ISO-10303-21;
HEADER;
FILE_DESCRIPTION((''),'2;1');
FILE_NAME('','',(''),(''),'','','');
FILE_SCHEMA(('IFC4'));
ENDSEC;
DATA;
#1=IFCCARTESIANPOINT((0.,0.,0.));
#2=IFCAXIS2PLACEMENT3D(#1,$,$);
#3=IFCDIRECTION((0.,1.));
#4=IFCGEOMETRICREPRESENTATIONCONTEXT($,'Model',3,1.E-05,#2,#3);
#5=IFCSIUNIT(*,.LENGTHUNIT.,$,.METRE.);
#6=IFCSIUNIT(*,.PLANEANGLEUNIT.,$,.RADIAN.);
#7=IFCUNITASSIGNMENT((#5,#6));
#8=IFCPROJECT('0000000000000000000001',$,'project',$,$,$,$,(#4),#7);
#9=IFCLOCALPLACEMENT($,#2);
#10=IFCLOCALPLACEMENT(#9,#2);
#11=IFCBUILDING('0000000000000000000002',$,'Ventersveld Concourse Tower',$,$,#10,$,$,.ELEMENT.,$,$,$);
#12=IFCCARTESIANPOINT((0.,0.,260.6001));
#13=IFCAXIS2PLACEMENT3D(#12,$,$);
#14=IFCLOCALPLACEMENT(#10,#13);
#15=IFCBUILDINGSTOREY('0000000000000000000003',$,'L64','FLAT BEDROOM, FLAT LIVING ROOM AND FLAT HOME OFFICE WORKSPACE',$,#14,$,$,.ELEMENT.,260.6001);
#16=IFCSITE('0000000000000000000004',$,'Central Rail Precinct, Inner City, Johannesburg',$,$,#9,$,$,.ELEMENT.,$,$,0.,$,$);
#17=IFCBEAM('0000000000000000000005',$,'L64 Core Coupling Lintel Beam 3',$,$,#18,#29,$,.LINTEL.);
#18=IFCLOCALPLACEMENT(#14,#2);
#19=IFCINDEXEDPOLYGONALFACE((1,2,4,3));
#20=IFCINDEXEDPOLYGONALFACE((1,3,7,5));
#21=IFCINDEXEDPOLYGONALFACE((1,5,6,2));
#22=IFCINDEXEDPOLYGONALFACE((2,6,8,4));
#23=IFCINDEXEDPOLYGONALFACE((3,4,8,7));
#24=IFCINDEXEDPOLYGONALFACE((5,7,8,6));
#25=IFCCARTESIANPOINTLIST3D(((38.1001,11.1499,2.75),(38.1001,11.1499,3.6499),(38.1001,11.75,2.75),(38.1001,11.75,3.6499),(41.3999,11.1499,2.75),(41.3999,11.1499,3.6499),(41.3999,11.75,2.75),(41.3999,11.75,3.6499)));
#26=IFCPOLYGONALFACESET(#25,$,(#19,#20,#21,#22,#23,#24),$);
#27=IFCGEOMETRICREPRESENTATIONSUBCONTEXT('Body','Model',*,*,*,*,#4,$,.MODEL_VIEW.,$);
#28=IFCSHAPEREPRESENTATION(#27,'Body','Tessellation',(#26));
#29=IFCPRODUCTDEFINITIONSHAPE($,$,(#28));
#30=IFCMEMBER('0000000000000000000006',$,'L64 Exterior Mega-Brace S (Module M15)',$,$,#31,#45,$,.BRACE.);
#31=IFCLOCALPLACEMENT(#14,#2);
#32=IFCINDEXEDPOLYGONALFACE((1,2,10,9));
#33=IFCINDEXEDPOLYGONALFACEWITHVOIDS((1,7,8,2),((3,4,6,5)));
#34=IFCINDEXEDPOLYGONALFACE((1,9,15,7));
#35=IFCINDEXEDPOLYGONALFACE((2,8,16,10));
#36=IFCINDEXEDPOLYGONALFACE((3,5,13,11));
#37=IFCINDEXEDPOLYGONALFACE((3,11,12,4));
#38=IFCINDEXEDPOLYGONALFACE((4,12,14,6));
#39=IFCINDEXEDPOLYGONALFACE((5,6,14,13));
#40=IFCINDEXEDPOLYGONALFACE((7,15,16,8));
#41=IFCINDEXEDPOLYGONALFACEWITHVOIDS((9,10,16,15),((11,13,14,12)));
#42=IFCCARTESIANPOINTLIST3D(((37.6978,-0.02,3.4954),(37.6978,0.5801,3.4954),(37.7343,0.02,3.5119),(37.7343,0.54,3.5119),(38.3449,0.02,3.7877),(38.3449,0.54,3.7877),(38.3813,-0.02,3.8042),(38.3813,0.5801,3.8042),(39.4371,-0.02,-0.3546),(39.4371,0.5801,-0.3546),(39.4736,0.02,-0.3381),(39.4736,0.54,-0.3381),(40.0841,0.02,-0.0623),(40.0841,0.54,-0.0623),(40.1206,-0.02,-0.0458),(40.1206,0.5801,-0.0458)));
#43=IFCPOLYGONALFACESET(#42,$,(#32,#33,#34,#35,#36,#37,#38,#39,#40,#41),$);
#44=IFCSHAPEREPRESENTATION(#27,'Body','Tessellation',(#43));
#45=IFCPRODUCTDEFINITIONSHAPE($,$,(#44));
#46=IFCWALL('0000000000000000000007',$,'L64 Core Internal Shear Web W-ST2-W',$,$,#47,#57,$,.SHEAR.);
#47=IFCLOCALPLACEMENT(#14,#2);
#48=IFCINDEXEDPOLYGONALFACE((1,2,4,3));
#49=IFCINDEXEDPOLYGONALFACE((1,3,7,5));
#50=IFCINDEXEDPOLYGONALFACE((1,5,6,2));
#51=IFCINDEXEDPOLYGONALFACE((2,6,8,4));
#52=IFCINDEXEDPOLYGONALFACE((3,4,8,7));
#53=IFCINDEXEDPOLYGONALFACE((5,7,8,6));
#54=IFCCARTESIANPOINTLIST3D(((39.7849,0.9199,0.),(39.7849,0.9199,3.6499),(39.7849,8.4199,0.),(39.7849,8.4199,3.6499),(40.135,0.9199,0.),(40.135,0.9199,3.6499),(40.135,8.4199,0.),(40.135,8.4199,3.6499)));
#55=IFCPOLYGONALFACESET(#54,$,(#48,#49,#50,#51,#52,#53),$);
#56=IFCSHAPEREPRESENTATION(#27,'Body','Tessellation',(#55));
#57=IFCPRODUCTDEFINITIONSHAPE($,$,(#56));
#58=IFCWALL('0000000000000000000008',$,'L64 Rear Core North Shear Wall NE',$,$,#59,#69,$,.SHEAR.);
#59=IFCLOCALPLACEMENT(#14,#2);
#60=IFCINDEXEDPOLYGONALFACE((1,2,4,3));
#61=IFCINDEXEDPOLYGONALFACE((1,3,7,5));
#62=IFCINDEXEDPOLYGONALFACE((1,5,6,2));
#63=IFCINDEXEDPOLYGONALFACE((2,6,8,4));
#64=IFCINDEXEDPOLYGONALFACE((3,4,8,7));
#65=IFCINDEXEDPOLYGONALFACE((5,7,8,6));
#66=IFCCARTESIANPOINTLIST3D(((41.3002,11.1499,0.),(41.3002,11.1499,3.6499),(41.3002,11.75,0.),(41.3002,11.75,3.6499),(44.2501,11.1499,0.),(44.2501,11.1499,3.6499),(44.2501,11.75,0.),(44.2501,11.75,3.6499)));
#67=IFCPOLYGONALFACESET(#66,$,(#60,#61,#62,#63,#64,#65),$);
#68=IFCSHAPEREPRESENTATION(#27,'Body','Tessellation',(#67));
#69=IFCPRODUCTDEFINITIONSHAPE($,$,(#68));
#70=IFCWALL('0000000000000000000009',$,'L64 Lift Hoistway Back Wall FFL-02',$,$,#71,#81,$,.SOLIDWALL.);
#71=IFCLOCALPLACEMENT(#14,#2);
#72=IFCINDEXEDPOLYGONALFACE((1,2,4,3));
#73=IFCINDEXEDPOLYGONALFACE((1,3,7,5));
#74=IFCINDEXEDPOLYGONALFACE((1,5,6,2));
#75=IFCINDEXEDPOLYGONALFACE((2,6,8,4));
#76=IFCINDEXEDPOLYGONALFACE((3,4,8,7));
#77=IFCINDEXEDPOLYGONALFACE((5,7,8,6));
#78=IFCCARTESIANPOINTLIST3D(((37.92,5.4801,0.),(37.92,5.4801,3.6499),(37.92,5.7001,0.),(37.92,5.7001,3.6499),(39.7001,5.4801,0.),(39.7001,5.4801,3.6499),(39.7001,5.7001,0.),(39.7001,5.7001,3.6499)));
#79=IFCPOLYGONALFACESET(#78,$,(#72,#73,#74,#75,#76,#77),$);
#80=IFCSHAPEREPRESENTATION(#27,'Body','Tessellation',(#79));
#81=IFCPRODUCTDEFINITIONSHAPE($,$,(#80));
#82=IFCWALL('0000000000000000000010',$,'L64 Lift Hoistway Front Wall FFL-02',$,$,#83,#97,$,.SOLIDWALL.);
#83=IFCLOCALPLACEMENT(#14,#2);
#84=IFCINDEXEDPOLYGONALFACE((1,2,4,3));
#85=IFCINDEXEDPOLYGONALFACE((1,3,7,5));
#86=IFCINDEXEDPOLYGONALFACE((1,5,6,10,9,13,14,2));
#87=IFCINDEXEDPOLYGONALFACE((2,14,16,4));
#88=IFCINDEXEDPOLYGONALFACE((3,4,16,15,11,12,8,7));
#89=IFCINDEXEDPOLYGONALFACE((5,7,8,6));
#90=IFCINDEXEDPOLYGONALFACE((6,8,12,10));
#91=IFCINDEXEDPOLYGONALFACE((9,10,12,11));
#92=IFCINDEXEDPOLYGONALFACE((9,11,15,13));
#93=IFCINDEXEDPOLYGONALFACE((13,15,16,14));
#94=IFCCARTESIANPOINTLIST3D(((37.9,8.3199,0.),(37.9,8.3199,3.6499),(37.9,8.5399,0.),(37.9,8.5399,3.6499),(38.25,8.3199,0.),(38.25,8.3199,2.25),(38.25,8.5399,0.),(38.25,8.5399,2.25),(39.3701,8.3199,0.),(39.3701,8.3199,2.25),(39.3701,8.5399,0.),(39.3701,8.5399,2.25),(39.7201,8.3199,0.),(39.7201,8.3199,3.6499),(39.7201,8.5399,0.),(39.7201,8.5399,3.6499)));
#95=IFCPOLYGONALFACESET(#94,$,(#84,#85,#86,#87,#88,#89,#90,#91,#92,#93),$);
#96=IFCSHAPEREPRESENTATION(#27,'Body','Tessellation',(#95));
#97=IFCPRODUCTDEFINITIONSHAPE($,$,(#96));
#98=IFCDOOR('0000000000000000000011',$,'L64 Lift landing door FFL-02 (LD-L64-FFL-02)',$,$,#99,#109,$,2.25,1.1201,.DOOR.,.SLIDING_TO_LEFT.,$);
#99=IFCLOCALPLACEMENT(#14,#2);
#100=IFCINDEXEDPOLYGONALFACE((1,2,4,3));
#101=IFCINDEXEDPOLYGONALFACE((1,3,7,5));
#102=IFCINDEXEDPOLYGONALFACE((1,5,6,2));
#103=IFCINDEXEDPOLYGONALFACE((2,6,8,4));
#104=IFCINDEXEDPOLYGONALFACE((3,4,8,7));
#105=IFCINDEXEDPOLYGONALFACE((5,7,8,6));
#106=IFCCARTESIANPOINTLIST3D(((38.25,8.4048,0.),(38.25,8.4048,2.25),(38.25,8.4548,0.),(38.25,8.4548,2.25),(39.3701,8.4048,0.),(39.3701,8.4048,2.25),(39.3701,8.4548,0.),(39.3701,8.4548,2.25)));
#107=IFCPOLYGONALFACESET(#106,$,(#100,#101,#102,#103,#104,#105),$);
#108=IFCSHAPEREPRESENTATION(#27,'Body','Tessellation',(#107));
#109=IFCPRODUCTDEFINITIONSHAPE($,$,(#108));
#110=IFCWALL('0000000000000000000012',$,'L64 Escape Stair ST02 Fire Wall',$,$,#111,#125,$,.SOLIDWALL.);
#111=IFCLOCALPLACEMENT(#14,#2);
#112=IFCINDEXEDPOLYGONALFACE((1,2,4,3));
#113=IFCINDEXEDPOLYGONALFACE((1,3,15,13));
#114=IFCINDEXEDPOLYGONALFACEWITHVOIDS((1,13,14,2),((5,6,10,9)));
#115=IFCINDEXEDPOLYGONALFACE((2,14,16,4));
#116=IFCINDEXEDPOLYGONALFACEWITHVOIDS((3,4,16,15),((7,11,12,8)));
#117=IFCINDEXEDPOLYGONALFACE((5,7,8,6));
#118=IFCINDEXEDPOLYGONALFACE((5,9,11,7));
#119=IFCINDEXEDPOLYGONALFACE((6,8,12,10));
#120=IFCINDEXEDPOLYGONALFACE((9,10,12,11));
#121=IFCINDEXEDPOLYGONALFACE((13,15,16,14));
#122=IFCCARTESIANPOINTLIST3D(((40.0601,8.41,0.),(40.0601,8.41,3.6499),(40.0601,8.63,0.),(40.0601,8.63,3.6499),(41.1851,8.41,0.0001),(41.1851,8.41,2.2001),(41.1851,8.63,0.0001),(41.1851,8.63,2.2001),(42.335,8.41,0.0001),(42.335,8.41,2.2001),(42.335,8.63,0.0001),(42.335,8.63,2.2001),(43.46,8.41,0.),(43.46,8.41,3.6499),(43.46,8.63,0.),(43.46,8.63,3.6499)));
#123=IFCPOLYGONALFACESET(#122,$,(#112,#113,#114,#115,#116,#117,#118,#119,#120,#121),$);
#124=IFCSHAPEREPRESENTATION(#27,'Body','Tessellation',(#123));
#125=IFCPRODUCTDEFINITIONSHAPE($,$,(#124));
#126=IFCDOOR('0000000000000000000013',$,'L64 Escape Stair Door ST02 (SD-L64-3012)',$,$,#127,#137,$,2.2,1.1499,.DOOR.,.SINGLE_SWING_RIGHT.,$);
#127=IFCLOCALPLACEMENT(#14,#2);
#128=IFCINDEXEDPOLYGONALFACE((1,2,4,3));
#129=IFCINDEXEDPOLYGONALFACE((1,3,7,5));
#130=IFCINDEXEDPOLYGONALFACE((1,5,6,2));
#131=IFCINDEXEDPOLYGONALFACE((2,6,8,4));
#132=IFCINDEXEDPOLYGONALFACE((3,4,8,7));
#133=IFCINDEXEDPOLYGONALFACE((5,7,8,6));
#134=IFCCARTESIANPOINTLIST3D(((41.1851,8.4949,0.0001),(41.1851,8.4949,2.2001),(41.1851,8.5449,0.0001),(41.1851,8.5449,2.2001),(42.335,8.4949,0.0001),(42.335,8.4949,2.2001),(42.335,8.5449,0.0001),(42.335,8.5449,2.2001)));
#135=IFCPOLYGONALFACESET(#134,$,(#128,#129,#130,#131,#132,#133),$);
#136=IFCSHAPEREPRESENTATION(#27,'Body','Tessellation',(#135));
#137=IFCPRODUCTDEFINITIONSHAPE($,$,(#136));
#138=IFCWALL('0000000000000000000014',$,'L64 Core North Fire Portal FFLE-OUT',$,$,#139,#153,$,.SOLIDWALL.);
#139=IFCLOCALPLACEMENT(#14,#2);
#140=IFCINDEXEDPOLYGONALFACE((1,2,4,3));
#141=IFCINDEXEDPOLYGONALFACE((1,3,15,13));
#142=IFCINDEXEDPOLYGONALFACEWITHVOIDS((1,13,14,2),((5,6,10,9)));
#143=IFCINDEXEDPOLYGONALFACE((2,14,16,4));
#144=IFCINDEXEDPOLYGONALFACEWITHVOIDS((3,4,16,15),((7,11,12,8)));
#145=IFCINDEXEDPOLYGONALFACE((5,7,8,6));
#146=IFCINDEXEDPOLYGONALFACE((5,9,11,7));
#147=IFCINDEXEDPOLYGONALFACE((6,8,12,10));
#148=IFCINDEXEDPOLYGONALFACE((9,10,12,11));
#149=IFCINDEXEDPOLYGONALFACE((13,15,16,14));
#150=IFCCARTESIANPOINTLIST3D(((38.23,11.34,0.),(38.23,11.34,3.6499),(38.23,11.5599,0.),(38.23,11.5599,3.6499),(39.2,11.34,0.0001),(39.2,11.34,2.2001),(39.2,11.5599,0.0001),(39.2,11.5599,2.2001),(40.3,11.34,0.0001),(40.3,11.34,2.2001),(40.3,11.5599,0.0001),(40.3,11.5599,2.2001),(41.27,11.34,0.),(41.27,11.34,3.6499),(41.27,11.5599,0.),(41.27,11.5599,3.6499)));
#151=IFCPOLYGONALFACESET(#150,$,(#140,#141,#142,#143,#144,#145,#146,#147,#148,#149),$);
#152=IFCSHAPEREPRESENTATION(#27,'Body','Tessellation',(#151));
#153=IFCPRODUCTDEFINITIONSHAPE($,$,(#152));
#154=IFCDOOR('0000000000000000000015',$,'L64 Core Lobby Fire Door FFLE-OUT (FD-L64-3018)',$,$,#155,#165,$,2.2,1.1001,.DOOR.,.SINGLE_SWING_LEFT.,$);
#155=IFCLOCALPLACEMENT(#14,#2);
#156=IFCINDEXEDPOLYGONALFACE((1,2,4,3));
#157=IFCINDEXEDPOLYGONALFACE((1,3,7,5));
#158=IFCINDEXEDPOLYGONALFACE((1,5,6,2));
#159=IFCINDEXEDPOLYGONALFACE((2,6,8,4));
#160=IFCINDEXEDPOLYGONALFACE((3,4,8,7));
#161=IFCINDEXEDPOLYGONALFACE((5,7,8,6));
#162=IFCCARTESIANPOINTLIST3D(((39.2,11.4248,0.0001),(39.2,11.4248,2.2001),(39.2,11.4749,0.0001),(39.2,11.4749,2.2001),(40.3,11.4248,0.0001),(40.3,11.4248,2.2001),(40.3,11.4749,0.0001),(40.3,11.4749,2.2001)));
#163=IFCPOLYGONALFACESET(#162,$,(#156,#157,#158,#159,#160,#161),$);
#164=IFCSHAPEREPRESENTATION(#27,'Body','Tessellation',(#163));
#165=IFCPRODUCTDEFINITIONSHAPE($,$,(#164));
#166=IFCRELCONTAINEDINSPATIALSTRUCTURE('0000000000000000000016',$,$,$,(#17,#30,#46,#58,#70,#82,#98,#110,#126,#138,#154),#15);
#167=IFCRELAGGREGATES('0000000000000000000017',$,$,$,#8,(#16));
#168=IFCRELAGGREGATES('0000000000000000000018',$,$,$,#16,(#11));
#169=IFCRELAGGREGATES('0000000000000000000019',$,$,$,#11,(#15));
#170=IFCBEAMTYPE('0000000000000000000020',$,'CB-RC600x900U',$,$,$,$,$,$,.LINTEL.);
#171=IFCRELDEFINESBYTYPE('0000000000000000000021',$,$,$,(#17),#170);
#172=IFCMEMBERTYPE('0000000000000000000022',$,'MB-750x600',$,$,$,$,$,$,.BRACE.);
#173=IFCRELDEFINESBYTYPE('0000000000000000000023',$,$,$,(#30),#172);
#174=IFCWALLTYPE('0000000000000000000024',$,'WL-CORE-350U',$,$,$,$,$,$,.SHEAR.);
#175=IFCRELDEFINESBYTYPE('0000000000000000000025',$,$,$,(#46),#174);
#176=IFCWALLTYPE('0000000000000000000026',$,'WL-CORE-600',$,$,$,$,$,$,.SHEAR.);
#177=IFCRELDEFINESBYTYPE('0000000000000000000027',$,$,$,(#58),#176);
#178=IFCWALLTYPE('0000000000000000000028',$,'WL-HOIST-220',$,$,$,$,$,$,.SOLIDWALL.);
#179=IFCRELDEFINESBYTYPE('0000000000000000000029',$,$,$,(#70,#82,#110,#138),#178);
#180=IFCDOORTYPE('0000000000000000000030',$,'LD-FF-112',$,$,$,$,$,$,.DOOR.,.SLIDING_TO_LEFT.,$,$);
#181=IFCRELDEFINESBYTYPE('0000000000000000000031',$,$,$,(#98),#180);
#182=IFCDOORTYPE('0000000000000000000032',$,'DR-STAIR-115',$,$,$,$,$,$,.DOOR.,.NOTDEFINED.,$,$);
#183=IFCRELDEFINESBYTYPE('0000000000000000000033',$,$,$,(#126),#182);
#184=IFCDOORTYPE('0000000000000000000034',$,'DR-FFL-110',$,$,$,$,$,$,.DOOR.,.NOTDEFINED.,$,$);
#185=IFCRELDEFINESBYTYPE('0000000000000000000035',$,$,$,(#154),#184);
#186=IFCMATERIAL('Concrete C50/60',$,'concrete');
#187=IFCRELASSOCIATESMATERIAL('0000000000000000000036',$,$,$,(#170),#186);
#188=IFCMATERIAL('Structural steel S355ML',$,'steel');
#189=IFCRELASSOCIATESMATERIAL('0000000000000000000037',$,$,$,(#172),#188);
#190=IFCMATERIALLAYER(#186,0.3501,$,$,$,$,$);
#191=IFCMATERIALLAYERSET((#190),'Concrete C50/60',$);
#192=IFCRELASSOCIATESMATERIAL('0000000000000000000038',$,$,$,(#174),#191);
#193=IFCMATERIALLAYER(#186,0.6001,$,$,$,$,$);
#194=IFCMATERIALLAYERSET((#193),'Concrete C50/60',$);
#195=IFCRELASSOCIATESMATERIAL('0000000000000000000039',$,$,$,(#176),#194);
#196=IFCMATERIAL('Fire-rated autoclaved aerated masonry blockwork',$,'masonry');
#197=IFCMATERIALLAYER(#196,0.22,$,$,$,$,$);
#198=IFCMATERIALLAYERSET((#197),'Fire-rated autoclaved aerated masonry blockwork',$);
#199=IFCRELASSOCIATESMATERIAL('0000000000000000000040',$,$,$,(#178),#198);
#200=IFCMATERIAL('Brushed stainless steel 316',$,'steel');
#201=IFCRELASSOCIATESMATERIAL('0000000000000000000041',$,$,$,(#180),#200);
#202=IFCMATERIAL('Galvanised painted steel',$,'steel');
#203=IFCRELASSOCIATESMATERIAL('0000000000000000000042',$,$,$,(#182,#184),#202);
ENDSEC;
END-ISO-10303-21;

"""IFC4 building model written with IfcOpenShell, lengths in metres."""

from ifc_helpers import new_model, si_unit, direction, frame, frame_2d, origin, origin_2d, place, context, subcontext, project, spatial, rectangle, hollow_rectangle, extrude, material, layer, layer_set, material_profile, profile_set, type_object, element, fill, save


model = new_model("IFC4")

# Units and contexts
model_context = context("Model", 3, precision=1e-05, world=origin(), true_north=direction((0.0, 1.0)))
body_context = subcontext(model_context, "Body", "Model", "MODEL_VIEW")
ifc_project = project(units=[si_unit("LENGTHUNIT", "METRE"), si_unit("PLANEANGLEUNIT", "RADIAN")], contexts=[model_context])

# Site, building, storey
site_placement = place(None, origin())
site = spatial("IfcSite", under=ifc_project, at=site_placement, Name="Central Rail Precinct, Inner City, Johannesburg", CompositionType="ELEMENT", RefElevation=0.0)
building_placement = place(site_placement, origin())
building = spatial("IfcBuilding", under=site, at=building_placement, Name="Ventersveld Concourse Tower", CompositionType="ELEMENT")
storey_placement = place(building_placement, frame((0.0, 0.0, 260.6001)))
storey = spatial("IfcBuildingStorey", under=building, at=storey_placement, Name="L64", Description="FLAT BEDROOM, FLAT LIVING ROOM AND FLAT HOME OFFICE WORKSPACE", CompositionType="ELEMENT", Elevation=260.6001)

# Beam
ifc_material_1 = material(Name="Concrete C50/60", Category="concrete")
ifc_material_profile_1 = material_profile(ifc_material_1, rectangle(XDim=0.6001, YDim=0.8999, at=origin_2d()), Name="RC 600x900")
ifc_profile_set_1 = profile_set([ifc_material_profile_1], Name="Concrete C50/60")
beam_type = type_object("IfcBeamType", Name="CB-RC600x900U", PredefinedType="LINTEL", material=ifc_profile_set_1)
beam_placement = place(storey_placement, frame((38.1001, 11.45, 3.2), z_axis=(1.0, 0.0, 0.0), x_axis=(0.0, 1.0, 0.0)))
element("IfcBeam", 1, at=beam_placement, inside=storey, type_object=beam_type, Name="L64 Core Coupling Lintel Beam 3", PredefinedType="LINTEL", context=body_context, shape_type="SweptSolid", body=[
    extrude(rectangle(XDim=0.6001, YDim=0.8999, at=origin_2d()), origin(), (0.0, 0.0, 1.0), 3.2998),
])

# Member
ifc_material_2 = material(Name="Structural steel S355ML", Category="steel")
ifc_material_profile_2 = material_profile(ifc_material_2, hollow_rectangle(XDim=0.6001, YDim=0.75, WallThickness=0.04, at=origin_2d()), Name="BOX 750x600x40")
ifc_profile_set_2 = profile_set([ifc_material_profile_2], Name="Structural steel S355ML")
member_type = type_object("IfcMemberType", Name="MB-750x600", PredefinedType="BRACE", material=ifc_profile_set_2)
member_placement = place(storey_placement, frame((39.7788, 0.28, -0.2002), z_axis=(-0.411686, 0.0, 0.911326), x_axis=(0.0, -1.0, 0.0)))
element("IfcMember", 2, at=member_placement, inside=storey, type_object=member_type, Name="L64 Exterior Mega-Brace S (Module M15)", PredefinedType="BRACE", context=body_context, shape_type="SweptSolid", body=[
    extrude(hollow_rectangle(XDim=0.6001, YDim=0.75, WallThickness=0.04, at=origin_2d()), origin(), (0.0, 0.0, 1.0), 4.2246),
])

# Walls
ifc_layer_1 = layer(ifc_material_1, 0.3501)
ifc_layer_set_1 = layer_set([ifc_layer_1], Name="Concrete C50/60")
wall_type_1 = type_object("IfcWallType", Name="WL-CORE-350U", PredefinedType="SHEAR", material=ifc_layer_set_1)
wall_1_placement = place(storey_placement, frame((39.96, 0.9199, 0.0), z_axis=(0.0, 0.0, 1.0), x_axis=(0.0, 1.0, 0.0)))
element("IfcWall", 3, at=wall_1_placement, inside=storey, type_object=wall_type_1, Name="L64 Core Internal Shear Web W-ST2-W", PredefinedType="SHEAR", context=body_context, shape_type="SweptSolid", body=[
    extrude(rectangle(XDim=7.5, YDim=0.3501, at=frame_2d((3.75, 0.0))), origin(), (0.0, 0.0, 1.0), 3.6499),
])
ifc_layer_2 = layer(ifc_material_1, 0.6001)
ifc_layer_set_2 = layer_set([ifc_layer_2], Name="Concrete C50/60")
wall_type_2 = type_object("IfcWallType", Name="WL-CORE-600", PredefinedType="SHEAR", material=ifc_layer_set_2)
wall_2_placement = place(storey_placement, frame((41.3, 11.45, 0.0), z_axis=(0.0, 0.0, 1.0), x_axis=(1.0, 0.0, 0.0)))
element("IfcWall", 4, at=wall_2_placement, inside=storey, type_object=wall_type_2, Name="L64 Rear Core North Shear Wall NE", PredefinedType="SHEAR", context=body_context, shape_type="SweptSolid", body=[
    extrude(rectangle(XDim=2.95, YDim=0.6001, at=frame_2d((1.4751, 0.0))), origin(), (0.0, 0.0, 1.0), 3.6499),
])
ifc_material_3 = material(Name="Fire-rated autoclaved aerated masonry blockwork", Category="masonry")
ifc_layer_3 = layer(ifc_material_3, 0.22)
ifc_layer_set_3 = layer_set([ifc_layer_3], Name="Fire-rated autoclaved aerated masonry blockwork")
wall_type_3 = type_object("IfcWallType", Name="WL-HOIST-220", PredefinedType="SOLIDWALL", material=ifc_layer_set_3)
wall_3_placement = place(storey_placement, frame((37.9199, 5.5901, 0.0), z_axis=(0.0, 0.0, 1.0), x_axis=(1.0, 0.0, 0.0)))
element("IfcWall", 5, at=wall_3_placement, inside=storey, type_object=wall_type_3, Name="L64 Lift Hoistway Back Wall FFL-02", PredefinedType="SOLIDWALL", context=body_context, shape_type="SweptSolid", body=[
    extrude(rectangle(XDim=1.78, YDim=0.22, at=frame_2d((0.8901, 0.0))), origin(), (0.0, 0.0, 1.0), 3.6499),
])

# Walls, openings, doors
wall_4_placement = place(storey_placement, frame((37.8999, 8.4299, 0.0), z_axis=(0.0, 0.0, 1.0), x_axis=(1.0, 0.0, 0.0)))
wall_4 = element("IfcWall", 6, at=wall_4_placement, inside=storey, type_object=wall_type_3, Name="L64 Lift Hoistway Front Wall FFL-02", PredefinedType="SOLIDWALL", context=body_context, shape_type="SweptSolid", body=[
    extrude(rectangle(XDim=1.8201, YDim=0.22, at=frame_2d((0.9102, 0.0))), origin(), (0.0, 0.0, 1.0), 3.6499),
])
opening_1_placement = place(wall_4_placement, frame((0.3501, 0.0, 0.0)))
opening_1 = element("IfcOpeningElement", 7, at=opening_1_placement, cuts=wall_4, PredefinedType="OPENING", context=body_context, shape_type="SweptSolid", body=[
    extrude(rectangle(XDim=1.1201, YDim=2.25, at=frame_2d((0.5601, 1.125))), frame((0.0, 0.1201, 0.0), z_axis=(0.0, -1.0, 0.0), x_axis=(1.0, 0.0, 0.0)), (0.0, 0.0, 1.0), 0.24),
])
ifc_material_4 = material(Name="Brushed stainless steel 316", Category="steel")
door_type_1 = type_object("IfcDoorType", Name="LD-FF-112", OperationType="SLIDING_TO_LEFT", PredefinedType="DOOR", material=ifc_material_4)
door_1_placement = place(opening_1_placement, origin())
door_1 = element("IfcDoor", 8, at=door_1_placement, inside=storey, type_object=door_type_1, Name="L64 Lift landing door FFL-02 (LD-L64-FFL-02)", OperationType="SLIDING_TO_LEFT", OverallHeight=2.25, OverallWidth=1.1201, PredefinedType="DOOR", context=body_context, shape_type="SweptSolid", body=[
    extrude(rectangle(XDim=1.1201, YDim=2.25, at=frame_2d((0.5601, 1.125))), frame((0.0, 0.0249, 0.0), z_axis=(0.0, -1.0, 0.0), x_axis=(1.0, 0.0, 0.0)), (0.0, 0.0, 1.0), 0.05),
])
fill(opening_1, door_1)
wall_5_placement = place(storey_placement, frame((40.0601, 8.52, 0.0), z_axis=(0.0, 0.0, 1.0), x_axis=(1.0, 0.0, 0.0)))
wall_5 = element("IfcWall", 9, at=wall_5_placement, inside=storey, type_object=wall_type_3, Name="L64 Escape Stair ST02 Fire Wall", PredefinedType="SOLIDWALL", context=body_context, shape_type="SweptSolid", body=[
    extrude(rectangle(XDim=3.3999, YDim=0.22, at=frame_2d((1.7, 0.0))), origin(), (0.0, 0.0, 1.0), 3.6499),
])
opening_2_placement = place(wall_5_placement, frame((1.125, 0.0, 0.0)))
opening_2 = element("IfcOpeningElement", 10, at=opening_2_placement, cuts=wall_5, PredefinedType="OPENING", context=body_context, shape_type="SweptSolid", body=[
    extrude(rectangle(XDim=1.1499, YDim=2.2, at=frame_2d((0.575, 1.1001))), frame((0.0, 0.1201, 0.0), z_axis=(0.0, -1.0, 0.0), x_axis=(1.0, 0.0, 0.0)), (0.0, 0.0, 1.0), 0.24),
])
ifc_material_5 = material(Name="Galvanised painted steel", Category="steel")
door_type_2 = type_object("IfcDoorType", Name="DR-STAIR-115", OperationType="NOTDEFINED", PredefinedType="DOOR", material=ifc_material_5)
door_2_placement = place(opening_2_placement, origin())
door_2 = element("IfcDoor", 11, at=door_2_placement, inside=storey, type_object=door_type_2, Name="L64 Escape Stair Door ST02 (SD-L64-3012)", OperationType="SINGLE_SWING_RIGHT", OverallHeight=2.2, OverallWidth=1.1499, PredefinedType="DOOR", context=body_context, shape_type="SweptSolid", body=[
    extrude(rectangle(XDim=1.1499, YDim=2.2, at=frame_2d((0.575, 1.1001))), frame((0.0, 0.0249, 0.0), z_axis=(0.0, -1.0, 0.0), x_axis=(1.0, 0.0, 0.0)), (0.0, 0.0, 1.0), 0.05),
])
fill(opening_2, door_2)
wall_6_placement = place(storey_placement, frame((38.23, 11.45, 0.0), z_axis=(0.0, 0.0, 1.0), x_axis=(1.0, 0.0, 0.0)))
wall_6 = element("IfcWall", 12, at=wall_6_placement, inside=storey, type_object=wall_type_3, Name="L64 Core North Fire Portal FFLE-OUT", PredefinedType="SOLIDWALL", context=body_context, shape_type="SweptSolid", body=[
    extrude(rectangle(XDim=3.04, YDim=0.22, at=frame_2d((1.52, 0.0))), origin(), (0.0, 0.0, 1.0), 3.6499),
])
opening_3_placement = place(wall_6_placement, frame((0.97, 0.0, 0.0)))
opening_3 = element("IfcOpeningElement", 13, at=opening_3_placement, cuts=wall_6, PredefinedType="OPENING", context=body_context, shape_type="SweptSolid", body=[
    extrude(rectangle(XDim=1.1001, YDim=2.2, at=frame_2d((0.55, 1.1001))), frame((0.0, 0.1201, 0.0), z_axis=(0.0, -1.0, 0.0), x_axis=(1.0, 0.0, 0.0)), (0.0, 0.0, 1.0), 0.24),
])
door_type_3 = type_object("IfcDoorType", Name="DR-FFL-110", OperationType="NOTDEFINED", PredefinedType="DOOR", material=ifc_material_5)
door_3_placement = place(opening_3_placement, origin())
door_3 = element("IfcDoor", 14, at=door_3_placement, inside=storey, type_object=door_type_3, Name="L64 Core Lobby Fire Door FFLE-OUT (FD-L64-3018)", OperationType="SINGLE_SWING_LEFT", OverallHeight=2.2, OverallWidth=1.1001, PredefinedType="DOOR", context=body_context, shape_type="SweptSolid", body=[
    extrude(rectangle(XDim=1.1001, YDim=2.2, at=frame_2d((0.55, 1.1001))), frame((0.0, 0.0249, 0.0), z_axis=(0.0, -1.0, 0.0), x_axis=(1.0, 0.0, 0.0)), (0.0, 0.0, 1.0), 0.05),
])
fill(opening_3, door_3)

save(model, "model.ifc")
